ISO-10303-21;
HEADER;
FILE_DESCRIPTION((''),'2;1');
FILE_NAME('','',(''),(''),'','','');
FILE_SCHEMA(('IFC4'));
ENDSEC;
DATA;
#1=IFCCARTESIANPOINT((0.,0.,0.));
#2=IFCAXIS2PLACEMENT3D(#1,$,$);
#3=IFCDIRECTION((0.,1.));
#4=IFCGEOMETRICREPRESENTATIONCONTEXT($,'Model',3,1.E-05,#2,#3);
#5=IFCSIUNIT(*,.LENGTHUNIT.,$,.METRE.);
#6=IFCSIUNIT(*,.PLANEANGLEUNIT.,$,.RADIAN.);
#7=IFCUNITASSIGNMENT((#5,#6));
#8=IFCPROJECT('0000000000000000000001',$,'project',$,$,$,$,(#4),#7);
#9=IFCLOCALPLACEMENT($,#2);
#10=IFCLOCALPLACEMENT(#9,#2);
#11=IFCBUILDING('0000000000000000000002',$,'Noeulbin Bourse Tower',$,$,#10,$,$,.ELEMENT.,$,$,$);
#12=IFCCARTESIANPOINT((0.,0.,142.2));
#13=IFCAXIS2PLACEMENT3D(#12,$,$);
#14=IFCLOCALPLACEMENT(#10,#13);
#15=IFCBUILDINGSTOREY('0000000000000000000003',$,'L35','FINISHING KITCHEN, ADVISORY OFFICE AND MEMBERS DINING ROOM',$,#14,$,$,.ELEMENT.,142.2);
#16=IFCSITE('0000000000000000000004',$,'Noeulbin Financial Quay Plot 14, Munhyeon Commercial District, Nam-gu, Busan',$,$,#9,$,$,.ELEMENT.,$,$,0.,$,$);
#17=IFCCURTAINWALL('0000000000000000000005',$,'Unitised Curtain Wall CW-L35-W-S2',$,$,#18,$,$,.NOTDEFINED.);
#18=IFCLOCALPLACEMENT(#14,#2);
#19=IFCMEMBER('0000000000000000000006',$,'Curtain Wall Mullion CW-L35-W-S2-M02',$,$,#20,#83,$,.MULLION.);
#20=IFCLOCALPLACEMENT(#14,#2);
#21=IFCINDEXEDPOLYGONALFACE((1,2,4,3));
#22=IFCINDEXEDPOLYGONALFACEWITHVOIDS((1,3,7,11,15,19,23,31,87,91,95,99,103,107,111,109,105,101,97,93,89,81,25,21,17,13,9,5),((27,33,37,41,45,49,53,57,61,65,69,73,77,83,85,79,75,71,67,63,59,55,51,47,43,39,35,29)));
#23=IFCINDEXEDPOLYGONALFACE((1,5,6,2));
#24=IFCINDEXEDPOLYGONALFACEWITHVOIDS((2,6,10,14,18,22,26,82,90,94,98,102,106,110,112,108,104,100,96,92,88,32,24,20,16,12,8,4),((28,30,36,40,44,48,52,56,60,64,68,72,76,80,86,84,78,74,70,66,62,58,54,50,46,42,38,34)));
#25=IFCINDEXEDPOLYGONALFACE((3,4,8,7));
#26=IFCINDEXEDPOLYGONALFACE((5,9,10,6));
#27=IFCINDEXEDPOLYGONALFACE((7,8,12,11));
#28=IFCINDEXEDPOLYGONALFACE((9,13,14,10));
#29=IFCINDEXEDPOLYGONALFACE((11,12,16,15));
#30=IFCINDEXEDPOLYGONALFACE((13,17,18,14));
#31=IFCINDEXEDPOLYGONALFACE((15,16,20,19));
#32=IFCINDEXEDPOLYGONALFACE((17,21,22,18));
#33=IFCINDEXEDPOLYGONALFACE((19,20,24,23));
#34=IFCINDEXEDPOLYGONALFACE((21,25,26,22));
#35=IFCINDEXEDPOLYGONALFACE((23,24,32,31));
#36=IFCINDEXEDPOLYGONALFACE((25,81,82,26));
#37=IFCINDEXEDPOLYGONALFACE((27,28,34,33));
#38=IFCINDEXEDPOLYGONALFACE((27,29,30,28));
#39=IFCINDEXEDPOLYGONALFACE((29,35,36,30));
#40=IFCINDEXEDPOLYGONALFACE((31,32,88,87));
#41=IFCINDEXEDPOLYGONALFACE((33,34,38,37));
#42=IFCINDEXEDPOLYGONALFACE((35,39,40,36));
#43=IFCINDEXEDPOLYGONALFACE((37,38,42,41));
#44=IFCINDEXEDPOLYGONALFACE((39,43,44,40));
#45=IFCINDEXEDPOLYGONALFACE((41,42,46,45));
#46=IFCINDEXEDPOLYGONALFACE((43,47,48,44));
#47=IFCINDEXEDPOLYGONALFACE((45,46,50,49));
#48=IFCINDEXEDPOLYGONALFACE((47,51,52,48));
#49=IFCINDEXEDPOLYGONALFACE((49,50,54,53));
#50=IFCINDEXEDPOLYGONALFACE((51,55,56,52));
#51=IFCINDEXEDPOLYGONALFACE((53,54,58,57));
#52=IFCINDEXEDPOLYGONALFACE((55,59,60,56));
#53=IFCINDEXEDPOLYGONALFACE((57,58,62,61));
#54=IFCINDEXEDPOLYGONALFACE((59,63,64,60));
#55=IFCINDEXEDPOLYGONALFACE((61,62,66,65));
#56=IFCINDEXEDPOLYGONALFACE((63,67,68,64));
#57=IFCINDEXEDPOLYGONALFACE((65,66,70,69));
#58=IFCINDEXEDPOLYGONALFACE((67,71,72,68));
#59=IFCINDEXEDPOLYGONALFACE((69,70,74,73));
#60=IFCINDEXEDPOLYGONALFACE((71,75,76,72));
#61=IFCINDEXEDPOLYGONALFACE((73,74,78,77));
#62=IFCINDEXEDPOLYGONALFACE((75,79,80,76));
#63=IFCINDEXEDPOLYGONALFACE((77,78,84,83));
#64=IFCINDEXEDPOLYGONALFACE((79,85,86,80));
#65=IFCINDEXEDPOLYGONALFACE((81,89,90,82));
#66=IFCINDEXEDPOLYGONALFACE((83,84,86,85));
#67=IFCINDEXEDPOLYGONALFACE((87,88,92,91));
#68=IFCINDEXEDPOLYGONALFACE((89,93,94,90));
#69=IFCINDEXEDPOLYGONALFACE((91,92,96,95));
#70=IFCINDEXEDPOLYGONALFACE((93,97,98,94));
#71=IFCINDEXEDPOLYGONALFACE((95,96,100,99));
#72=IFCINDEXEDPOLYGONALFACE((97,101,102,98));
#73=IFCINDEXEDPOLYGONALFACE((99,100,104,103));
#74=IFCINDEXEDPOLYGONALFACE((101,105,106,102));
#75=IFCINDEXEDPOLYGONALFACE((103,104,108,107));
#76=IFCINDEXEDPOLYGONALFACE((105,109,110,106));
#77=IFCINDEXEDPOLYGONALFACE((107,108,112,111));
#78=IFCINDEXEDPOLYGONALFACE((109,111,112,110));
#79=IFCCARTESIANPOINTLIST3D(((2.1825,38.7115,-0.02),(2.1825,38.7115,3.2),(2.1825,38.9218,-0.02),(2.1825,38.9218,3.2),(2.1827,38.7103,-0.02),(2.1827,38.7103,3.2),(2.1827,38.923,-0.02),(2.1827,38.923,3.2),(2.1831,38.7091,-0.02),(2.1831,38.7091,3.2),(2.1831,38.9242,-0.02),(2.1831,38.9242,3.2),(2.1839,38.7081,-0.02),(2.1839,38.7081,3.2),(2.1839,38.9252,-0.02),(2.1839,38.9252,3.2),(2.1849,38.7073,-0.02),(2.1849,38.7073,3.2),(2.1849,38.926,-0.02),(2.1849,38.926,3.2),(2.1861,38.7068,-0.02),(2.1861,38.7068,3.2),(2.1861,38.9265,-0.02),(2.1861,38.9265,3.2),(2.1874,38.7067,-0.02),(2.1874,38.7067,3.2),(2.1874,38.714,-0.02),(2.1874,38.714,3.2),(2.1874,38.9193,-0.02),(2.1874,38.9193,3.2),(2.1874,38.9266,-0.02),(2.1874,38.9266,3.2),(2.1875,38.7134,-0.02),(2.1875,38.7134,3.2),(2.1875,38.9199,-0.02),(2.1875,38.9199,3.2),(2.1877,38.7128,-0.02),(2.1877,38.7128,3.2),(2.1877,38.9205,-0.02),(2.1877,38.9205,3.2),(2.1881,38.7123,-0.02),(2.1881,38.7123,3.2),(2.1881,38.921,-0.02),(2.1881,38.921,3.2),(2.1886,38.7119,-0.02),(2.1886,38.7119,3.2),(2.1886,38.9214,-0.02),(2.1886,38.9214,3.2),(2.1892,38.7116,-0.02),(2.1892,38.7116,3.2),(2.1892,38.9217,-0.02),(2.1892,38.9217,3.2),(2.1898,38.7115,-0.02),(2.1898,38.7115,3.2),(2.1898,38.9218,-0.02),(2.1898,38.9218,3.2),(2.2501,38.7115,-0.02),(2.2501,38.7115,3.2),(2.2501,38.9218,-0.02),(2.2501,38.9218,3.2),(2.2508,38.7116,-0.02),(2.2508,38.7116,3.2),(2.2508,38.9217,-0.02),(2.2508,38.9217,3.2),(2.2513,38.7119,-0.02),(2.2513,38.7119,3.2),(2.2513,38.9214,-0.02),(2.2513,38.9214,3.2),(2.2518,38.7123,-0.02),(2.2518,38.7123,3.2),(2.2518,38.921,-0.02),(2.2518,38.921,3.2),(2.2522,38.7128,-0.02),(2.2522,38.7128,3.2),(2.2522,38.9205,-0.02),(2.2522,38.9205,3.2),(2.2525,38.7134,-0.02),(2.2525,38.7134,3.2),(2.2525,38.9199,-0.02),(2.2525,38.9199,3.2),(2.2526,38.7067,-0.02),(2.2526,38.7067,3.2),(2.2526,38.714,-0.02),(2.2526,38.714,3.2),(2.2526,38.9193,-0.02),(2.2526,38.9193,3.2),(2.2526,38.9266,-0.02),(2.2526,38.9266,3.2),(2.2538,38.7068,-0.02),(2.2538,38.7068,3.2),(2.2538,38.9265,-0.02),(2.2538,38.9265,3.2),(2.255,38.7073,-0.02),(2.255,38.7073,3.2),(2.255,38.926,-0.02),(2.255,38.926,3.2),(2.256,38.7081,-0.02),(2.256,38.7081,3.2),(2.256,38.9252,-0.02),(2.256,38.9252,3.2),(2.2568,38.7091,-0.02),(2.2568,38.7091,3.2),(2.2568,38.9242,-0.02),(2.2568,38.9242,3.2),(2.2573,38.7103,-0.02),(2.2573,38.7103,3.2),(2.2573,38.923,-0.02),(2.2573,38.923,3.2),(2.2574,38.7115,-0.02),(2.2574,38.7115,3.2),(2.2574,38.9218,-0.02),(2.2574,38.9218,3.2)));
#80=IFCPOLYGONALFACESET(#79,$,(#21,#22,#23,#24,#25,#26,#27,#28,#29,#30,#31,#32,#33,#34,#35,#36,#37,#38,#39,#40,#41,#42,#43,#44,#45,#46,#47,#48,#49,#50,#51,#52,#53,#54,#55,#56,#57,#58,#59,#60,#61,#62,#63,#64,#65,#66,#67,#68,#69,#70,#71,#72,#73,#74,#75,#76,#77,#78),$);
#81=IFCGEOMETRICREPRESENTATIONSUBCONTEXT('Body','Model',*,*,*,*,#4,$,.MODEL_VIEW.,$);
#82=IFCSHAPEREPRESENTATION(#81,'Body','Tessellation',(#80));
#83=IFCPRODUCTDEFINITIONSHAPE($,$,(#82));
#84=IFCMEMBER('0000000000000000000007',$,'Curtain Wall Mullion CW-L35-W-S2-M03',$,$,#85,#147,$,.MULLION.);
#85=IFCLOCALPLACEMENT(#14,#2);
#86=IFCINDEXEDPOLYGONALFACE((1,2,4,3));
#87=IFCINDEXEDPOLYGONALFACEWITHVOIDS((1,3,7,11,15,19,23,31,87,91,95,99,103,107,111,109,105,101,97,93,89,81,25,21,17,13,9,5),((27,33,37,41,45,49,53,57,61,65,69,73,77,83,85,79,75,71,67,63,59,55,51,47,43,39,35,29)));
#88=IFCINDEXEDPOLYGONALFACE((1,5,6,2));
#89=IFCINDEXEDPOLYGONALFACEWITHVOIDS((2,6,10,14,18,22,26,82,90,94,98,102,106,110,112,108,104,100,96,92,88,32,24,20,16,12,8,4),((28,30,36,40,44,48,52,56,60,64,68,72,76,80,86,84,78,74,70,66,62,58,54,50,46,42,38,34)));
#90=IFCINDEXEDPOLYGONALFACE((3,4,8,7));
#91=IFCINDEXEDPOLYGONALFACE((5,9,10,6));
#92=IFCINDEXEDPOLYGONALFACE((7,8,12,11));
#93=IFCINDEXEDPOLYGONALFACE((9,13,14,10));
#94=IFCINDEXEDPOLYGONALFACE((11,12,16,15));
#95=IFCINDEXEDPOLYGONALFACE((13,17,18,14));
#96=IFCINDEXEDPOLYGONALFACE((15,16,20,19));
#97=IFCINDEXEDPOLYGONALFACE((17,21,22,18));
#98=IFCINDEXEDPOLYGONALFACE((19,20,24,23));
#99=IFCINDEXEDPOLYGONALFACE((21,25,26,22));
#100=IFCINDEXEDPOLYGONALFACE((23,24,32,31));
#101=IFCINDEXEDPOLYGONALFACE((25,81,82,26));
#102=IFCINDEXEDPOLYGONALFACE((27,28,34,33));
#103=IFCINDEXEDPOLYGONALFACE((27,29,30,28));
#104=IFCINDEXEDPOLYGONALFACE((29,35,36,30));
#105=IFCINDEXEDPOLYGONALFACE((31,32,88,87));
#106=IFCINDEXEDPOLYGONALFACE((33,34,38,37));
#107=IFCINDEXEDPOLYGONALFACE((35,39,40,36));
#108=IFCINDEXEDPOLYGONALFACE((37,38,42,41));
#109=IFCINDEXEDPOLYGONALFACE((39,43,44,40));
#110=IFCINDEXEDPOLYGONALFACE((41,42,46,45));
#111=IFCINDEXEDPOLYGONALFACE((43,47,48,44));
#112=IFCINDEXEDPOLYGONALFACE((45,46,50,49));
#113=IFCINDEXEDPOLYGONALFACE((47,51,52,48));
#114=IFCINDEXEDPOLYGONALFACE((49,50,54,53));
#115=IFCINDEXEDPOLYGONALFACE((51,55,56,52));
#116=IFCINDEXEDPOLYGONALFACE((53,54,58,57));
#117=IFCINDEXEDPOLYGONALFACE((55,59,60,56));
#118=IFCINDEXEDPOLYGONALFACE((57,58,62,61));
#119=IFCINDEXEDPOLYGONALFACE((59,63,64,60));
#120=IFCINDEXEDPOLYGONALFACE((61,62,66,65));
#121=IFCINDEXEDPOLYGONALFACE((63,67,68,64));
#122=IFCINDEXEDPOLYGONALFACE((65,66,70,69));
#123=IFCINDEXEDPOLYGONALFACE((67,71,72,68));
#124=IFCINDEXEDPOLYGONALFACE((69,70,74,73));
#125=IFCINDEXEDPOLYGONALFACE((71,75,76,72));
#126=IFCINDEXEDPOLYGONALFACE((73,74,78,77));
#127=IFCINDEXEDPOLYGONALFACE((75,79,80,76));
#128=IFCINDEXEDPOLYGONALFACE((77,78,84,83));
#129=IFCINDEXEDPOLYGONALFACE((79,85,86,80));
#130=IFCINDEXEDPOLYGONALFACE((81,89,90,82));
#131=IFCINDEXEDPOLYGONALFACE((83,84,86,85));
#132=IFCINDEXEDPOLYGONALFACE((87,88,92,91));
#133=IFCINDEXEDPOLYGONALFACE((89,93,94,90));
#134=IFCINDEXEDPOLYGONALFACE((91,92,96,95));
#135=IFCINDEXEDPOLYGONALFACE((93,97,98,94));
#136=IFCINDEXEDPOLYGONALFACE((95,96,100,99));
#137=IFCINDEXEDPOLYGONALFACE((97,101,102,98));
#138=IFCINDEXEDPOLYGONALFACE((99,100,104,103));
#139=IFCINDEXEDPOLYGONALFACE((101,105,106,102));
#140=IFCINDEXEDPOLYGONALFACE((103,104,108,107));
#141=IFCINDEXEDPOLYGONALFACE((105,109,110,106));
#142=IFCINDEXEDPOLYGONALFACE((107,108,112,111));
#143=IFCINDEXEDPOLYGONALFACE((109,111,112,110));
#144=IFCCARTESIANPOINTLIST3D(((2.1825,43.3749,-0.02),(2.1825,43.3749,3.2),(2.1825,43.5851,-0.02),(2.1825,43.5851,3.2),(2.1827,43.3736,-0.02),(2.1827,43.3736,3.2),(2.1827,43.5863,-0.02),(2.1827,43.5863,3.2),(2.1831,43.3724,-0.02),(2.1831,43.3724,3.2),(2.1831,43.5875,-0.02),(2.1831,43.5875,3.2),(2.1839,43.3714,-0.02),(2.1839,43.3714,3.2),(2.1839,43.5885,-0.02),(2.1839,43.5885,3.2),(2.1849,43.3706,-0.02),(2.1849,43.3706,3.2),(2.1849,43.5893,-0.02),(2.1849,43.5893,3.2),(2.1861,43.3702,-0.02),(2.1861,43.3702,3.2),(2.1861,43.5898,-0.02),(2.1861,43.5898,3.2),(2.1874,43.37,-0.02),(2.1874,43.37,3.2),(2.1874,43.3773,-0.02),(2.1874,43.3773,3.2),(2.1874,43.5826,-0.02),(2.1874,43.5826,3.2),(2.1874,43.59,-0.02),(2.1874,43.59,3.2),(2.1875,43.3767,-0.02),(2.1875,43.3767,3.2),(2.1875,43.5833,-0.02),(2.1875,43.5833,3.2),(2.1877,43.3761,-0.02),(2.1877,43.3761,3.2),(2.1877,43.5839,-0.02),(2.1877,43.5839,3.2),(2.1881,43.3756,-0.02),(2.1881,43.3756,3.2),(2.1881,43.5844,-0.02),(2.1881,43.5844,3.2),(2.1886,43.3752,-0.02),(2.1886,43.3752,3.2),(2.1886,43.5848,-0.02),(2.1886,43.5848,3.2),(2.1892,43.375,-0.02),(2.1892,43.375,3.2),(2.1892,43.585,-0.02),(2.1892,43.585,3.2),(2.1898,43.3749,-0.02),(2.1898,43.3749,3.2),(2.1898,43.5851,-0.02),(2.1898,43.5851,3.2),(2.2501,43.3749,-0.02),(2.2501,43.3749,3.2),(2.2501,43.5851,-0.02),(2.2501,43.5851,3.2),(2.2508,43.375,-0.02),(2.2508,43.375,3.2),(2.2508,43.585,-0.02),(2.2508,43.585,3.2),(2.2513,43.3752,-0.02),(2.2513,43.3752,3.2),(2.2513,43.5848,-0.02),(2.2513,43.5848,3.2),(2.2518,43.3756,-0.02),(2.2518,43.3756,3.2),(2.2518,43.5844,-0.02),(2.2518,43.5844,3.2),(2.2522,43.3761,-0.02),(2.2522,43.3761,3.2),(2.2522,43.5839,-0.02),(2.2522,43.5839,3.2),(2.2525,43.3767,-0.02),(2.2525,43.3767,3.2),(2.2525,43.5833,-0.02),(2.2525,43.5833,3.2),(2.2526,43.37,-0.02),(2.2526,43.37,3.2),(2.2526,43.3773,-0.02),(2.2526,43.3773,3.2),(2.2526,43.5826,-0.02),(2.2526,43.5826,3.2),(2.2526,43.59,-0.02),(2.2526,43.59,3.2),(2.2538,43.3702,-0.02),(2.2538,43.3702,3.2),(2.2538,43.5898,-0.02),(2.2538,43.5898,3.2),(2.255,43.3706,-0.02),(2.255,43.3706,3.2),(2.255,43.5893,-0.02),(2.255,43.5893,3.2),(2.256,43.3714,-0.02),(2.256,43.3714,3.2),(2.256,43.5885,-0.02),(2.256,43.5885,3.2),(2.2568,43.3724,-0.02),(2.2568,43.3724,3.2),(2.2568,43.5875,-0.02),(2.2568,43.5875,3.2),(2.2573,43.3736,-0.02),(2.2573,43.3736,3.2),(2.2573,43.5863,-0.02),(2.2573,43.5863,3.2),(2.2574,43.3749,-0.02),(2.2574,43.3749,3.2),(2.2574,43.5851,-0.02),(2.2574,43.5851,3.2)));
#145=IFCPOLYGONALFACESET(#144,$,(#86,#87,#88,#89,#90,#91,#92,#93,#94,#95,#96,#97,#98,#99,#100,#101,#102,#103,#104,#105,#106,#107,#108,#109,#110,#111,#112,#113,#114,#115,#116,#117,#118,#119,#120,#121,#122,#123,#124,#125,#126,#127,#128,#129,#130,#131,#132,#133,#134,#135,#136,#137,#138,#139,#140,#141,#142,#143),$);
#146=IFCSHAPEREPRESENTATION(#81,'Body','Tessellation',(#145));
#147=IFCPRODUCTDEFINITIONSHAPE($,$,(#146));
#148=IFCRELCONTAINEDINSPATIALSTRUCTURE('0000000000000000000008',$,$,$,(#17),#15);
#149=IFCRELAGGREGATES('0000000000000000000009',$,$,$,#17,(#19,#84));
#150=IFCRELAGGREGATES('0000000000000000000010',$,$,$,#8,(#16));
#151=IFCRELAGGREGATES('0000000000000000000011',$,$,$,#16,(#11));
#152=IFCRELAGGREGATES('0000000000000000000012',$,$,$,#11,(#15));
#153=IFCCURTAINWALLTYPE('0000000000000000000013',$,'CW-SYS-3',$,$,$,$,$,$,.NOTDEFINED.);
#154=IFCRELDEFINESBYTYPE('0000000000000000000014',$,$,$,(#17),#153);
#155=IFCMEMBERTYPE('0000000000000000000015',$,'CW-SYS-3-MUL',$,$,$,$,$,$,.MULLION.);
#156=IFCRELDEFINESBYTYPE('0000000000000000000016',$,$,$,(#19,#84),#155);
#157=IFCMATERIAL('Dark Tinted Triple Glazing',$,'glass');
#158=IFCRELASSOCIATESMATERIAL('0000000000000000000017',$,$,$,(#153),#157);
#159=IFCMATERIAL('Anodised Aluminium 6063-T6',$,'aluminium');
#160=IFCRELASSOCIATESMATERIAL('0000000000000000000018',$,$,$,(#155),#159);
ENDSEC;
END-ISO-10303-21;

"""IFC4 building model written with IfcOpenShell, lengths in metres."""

from ifc_helpers import new_model, si_unit, direction, frame, origin, origin_2d, place, context, subcontext, project, spatial, hollow_rectangle, extrude, material, material_profile, profile_set, type_object, element, aggregate, save


model = new_model("IFC4")

# Units and contexts
model_context = context("Model", 3, precision=1e-05, world=origin(), true_north=direction((0.0, 1.0)))
body_context = subcontext(model_context, "Body", "Model", "MODEL_VIEW")
ifc_project = project(units=[si_unit("LENGTHUNIT", "METRE"), si_unit("PLANEANGLEUNIT", "RADIAN")], contexts=[model_context])

# Site, building, storey
site_placement = place(None, origin())
site = spatial("IfcSite", under=ifc_project, at=site_placement, Name="Noeulbin Financial Quay Plot 14, Munhyeon Commercial District, Nam-gu, Busan", CompositionType="ELEMENT", RefElevation=0.0)
building_placement = place(site_placement, origin())
building = spatial("IfcBuilding", under=site, at=building_placement, Name="Noeulbin Bourse Tower", CompositionType="ELEMENT")
storey_placement = place(building_placement, frame((0.0, 0.0, 142.2)))
storey = spatial("IfcBuildingStorey", under=building, at=storey_placement, Name="L35", Description="FINISHING KITCHEN, ADVISORY OFFICE AND MEMBERS DINING ROOM", CompositionType="ELEMENT", Elevation=142.2)

# Shared definitions
ifc_material_1 = material(Name="Dark Tinted Triple Glazing", Category="glass")
curtain_wall_type = type_object("IfcCurtainWallType", Name="CW-SYS-3", PredefinedType="NOTDEFINED", material=ifc_material_1)
ifc_material_2 = material(Name="Anodised Aluminium 6063-T6", Category="aluminium")
ifc_material_profile_1 = material_profile(ifc_material_2, hollow_rectangle(XDim=0.075, YDim=0.22, WallThickness=0.0049, InnerFilletRadius=0.0024, OuterFilletRadius=0.0049, at=origin_2d()), Name="ALU-MULL-75x220x5", Category="LoadBearing")
ifc_profile_set_1 = profile_set([ifc_material_profile_1], Name="Anodised Aluminium 6063-T6")
member_type_1 = type_object("IfcMemberType", Name="CW-SYS-3-MUL", PredefinedType="MULLION", material=ifc_profile_set_1)

# Curtain wall, members
curtain_wall_1_placement = place(storey_placement, origin())
curtain_wall_1 = element("IfcCurtainWall", 1, at=curtain_wall_1_placement, inside=storey, type_object=curtain_wall_type, Name="Unitised Curtain Wall CW-L35-W-S2", PredefinedType="NOTDEFINED")
member_1_placement = place(storey_placement, frame((2.22, 38.8167, -0.02), z_axis=(0.0, 0.0, 1.0), x_axis=(1.0, 0.0, 0.0)))
member_1 = element("IfcMember", 2, at=member_1_placement, type_object=member_type_1, Name="Curtain Wall Mullion CW-L35-W-S2-M02", PredefinedType="MULLION", context=body_context, shape_type="SweptSolid", body=[
    extrude(hollow_rectangle(XDim=0.075, YDim=0.22, WallThickness=0.0049, InnerFilletRadius=0.0024, OuterFilletRadius=0.0049, at=origin_2d()), origin(), (0.0, 0.0, 1.0), 3.22),
])
member_2_placement = place(storey_placement, frame((2.22, 43.48, -0.02), z_axis=(0.0, 0.0, 1.0), x_axis=(1.0, 0.0, 0.0)))
member_2 = element("IfcMember", 3, at=member_2_placement, type_object=member_type_1, Name="Curtain Wall Mullion CW-L35-W-S2-M03", PredefinedType="MULLION", context=body_context, shape_type="SweptSolid", body=[
    extrude(hollow_rectangle(XDim=0.075, YDim=0.22, WallThickness=0.0049, InnerFilletRadius=0.0024, OuterFilletRadius=0.0049, at=origin_2d()), origin(), (0.0, 0.0, 1.0), 3.22),
])

aggregate(curtain_wall_1, [member_1, member_2])

save(model, "model.ifc")
